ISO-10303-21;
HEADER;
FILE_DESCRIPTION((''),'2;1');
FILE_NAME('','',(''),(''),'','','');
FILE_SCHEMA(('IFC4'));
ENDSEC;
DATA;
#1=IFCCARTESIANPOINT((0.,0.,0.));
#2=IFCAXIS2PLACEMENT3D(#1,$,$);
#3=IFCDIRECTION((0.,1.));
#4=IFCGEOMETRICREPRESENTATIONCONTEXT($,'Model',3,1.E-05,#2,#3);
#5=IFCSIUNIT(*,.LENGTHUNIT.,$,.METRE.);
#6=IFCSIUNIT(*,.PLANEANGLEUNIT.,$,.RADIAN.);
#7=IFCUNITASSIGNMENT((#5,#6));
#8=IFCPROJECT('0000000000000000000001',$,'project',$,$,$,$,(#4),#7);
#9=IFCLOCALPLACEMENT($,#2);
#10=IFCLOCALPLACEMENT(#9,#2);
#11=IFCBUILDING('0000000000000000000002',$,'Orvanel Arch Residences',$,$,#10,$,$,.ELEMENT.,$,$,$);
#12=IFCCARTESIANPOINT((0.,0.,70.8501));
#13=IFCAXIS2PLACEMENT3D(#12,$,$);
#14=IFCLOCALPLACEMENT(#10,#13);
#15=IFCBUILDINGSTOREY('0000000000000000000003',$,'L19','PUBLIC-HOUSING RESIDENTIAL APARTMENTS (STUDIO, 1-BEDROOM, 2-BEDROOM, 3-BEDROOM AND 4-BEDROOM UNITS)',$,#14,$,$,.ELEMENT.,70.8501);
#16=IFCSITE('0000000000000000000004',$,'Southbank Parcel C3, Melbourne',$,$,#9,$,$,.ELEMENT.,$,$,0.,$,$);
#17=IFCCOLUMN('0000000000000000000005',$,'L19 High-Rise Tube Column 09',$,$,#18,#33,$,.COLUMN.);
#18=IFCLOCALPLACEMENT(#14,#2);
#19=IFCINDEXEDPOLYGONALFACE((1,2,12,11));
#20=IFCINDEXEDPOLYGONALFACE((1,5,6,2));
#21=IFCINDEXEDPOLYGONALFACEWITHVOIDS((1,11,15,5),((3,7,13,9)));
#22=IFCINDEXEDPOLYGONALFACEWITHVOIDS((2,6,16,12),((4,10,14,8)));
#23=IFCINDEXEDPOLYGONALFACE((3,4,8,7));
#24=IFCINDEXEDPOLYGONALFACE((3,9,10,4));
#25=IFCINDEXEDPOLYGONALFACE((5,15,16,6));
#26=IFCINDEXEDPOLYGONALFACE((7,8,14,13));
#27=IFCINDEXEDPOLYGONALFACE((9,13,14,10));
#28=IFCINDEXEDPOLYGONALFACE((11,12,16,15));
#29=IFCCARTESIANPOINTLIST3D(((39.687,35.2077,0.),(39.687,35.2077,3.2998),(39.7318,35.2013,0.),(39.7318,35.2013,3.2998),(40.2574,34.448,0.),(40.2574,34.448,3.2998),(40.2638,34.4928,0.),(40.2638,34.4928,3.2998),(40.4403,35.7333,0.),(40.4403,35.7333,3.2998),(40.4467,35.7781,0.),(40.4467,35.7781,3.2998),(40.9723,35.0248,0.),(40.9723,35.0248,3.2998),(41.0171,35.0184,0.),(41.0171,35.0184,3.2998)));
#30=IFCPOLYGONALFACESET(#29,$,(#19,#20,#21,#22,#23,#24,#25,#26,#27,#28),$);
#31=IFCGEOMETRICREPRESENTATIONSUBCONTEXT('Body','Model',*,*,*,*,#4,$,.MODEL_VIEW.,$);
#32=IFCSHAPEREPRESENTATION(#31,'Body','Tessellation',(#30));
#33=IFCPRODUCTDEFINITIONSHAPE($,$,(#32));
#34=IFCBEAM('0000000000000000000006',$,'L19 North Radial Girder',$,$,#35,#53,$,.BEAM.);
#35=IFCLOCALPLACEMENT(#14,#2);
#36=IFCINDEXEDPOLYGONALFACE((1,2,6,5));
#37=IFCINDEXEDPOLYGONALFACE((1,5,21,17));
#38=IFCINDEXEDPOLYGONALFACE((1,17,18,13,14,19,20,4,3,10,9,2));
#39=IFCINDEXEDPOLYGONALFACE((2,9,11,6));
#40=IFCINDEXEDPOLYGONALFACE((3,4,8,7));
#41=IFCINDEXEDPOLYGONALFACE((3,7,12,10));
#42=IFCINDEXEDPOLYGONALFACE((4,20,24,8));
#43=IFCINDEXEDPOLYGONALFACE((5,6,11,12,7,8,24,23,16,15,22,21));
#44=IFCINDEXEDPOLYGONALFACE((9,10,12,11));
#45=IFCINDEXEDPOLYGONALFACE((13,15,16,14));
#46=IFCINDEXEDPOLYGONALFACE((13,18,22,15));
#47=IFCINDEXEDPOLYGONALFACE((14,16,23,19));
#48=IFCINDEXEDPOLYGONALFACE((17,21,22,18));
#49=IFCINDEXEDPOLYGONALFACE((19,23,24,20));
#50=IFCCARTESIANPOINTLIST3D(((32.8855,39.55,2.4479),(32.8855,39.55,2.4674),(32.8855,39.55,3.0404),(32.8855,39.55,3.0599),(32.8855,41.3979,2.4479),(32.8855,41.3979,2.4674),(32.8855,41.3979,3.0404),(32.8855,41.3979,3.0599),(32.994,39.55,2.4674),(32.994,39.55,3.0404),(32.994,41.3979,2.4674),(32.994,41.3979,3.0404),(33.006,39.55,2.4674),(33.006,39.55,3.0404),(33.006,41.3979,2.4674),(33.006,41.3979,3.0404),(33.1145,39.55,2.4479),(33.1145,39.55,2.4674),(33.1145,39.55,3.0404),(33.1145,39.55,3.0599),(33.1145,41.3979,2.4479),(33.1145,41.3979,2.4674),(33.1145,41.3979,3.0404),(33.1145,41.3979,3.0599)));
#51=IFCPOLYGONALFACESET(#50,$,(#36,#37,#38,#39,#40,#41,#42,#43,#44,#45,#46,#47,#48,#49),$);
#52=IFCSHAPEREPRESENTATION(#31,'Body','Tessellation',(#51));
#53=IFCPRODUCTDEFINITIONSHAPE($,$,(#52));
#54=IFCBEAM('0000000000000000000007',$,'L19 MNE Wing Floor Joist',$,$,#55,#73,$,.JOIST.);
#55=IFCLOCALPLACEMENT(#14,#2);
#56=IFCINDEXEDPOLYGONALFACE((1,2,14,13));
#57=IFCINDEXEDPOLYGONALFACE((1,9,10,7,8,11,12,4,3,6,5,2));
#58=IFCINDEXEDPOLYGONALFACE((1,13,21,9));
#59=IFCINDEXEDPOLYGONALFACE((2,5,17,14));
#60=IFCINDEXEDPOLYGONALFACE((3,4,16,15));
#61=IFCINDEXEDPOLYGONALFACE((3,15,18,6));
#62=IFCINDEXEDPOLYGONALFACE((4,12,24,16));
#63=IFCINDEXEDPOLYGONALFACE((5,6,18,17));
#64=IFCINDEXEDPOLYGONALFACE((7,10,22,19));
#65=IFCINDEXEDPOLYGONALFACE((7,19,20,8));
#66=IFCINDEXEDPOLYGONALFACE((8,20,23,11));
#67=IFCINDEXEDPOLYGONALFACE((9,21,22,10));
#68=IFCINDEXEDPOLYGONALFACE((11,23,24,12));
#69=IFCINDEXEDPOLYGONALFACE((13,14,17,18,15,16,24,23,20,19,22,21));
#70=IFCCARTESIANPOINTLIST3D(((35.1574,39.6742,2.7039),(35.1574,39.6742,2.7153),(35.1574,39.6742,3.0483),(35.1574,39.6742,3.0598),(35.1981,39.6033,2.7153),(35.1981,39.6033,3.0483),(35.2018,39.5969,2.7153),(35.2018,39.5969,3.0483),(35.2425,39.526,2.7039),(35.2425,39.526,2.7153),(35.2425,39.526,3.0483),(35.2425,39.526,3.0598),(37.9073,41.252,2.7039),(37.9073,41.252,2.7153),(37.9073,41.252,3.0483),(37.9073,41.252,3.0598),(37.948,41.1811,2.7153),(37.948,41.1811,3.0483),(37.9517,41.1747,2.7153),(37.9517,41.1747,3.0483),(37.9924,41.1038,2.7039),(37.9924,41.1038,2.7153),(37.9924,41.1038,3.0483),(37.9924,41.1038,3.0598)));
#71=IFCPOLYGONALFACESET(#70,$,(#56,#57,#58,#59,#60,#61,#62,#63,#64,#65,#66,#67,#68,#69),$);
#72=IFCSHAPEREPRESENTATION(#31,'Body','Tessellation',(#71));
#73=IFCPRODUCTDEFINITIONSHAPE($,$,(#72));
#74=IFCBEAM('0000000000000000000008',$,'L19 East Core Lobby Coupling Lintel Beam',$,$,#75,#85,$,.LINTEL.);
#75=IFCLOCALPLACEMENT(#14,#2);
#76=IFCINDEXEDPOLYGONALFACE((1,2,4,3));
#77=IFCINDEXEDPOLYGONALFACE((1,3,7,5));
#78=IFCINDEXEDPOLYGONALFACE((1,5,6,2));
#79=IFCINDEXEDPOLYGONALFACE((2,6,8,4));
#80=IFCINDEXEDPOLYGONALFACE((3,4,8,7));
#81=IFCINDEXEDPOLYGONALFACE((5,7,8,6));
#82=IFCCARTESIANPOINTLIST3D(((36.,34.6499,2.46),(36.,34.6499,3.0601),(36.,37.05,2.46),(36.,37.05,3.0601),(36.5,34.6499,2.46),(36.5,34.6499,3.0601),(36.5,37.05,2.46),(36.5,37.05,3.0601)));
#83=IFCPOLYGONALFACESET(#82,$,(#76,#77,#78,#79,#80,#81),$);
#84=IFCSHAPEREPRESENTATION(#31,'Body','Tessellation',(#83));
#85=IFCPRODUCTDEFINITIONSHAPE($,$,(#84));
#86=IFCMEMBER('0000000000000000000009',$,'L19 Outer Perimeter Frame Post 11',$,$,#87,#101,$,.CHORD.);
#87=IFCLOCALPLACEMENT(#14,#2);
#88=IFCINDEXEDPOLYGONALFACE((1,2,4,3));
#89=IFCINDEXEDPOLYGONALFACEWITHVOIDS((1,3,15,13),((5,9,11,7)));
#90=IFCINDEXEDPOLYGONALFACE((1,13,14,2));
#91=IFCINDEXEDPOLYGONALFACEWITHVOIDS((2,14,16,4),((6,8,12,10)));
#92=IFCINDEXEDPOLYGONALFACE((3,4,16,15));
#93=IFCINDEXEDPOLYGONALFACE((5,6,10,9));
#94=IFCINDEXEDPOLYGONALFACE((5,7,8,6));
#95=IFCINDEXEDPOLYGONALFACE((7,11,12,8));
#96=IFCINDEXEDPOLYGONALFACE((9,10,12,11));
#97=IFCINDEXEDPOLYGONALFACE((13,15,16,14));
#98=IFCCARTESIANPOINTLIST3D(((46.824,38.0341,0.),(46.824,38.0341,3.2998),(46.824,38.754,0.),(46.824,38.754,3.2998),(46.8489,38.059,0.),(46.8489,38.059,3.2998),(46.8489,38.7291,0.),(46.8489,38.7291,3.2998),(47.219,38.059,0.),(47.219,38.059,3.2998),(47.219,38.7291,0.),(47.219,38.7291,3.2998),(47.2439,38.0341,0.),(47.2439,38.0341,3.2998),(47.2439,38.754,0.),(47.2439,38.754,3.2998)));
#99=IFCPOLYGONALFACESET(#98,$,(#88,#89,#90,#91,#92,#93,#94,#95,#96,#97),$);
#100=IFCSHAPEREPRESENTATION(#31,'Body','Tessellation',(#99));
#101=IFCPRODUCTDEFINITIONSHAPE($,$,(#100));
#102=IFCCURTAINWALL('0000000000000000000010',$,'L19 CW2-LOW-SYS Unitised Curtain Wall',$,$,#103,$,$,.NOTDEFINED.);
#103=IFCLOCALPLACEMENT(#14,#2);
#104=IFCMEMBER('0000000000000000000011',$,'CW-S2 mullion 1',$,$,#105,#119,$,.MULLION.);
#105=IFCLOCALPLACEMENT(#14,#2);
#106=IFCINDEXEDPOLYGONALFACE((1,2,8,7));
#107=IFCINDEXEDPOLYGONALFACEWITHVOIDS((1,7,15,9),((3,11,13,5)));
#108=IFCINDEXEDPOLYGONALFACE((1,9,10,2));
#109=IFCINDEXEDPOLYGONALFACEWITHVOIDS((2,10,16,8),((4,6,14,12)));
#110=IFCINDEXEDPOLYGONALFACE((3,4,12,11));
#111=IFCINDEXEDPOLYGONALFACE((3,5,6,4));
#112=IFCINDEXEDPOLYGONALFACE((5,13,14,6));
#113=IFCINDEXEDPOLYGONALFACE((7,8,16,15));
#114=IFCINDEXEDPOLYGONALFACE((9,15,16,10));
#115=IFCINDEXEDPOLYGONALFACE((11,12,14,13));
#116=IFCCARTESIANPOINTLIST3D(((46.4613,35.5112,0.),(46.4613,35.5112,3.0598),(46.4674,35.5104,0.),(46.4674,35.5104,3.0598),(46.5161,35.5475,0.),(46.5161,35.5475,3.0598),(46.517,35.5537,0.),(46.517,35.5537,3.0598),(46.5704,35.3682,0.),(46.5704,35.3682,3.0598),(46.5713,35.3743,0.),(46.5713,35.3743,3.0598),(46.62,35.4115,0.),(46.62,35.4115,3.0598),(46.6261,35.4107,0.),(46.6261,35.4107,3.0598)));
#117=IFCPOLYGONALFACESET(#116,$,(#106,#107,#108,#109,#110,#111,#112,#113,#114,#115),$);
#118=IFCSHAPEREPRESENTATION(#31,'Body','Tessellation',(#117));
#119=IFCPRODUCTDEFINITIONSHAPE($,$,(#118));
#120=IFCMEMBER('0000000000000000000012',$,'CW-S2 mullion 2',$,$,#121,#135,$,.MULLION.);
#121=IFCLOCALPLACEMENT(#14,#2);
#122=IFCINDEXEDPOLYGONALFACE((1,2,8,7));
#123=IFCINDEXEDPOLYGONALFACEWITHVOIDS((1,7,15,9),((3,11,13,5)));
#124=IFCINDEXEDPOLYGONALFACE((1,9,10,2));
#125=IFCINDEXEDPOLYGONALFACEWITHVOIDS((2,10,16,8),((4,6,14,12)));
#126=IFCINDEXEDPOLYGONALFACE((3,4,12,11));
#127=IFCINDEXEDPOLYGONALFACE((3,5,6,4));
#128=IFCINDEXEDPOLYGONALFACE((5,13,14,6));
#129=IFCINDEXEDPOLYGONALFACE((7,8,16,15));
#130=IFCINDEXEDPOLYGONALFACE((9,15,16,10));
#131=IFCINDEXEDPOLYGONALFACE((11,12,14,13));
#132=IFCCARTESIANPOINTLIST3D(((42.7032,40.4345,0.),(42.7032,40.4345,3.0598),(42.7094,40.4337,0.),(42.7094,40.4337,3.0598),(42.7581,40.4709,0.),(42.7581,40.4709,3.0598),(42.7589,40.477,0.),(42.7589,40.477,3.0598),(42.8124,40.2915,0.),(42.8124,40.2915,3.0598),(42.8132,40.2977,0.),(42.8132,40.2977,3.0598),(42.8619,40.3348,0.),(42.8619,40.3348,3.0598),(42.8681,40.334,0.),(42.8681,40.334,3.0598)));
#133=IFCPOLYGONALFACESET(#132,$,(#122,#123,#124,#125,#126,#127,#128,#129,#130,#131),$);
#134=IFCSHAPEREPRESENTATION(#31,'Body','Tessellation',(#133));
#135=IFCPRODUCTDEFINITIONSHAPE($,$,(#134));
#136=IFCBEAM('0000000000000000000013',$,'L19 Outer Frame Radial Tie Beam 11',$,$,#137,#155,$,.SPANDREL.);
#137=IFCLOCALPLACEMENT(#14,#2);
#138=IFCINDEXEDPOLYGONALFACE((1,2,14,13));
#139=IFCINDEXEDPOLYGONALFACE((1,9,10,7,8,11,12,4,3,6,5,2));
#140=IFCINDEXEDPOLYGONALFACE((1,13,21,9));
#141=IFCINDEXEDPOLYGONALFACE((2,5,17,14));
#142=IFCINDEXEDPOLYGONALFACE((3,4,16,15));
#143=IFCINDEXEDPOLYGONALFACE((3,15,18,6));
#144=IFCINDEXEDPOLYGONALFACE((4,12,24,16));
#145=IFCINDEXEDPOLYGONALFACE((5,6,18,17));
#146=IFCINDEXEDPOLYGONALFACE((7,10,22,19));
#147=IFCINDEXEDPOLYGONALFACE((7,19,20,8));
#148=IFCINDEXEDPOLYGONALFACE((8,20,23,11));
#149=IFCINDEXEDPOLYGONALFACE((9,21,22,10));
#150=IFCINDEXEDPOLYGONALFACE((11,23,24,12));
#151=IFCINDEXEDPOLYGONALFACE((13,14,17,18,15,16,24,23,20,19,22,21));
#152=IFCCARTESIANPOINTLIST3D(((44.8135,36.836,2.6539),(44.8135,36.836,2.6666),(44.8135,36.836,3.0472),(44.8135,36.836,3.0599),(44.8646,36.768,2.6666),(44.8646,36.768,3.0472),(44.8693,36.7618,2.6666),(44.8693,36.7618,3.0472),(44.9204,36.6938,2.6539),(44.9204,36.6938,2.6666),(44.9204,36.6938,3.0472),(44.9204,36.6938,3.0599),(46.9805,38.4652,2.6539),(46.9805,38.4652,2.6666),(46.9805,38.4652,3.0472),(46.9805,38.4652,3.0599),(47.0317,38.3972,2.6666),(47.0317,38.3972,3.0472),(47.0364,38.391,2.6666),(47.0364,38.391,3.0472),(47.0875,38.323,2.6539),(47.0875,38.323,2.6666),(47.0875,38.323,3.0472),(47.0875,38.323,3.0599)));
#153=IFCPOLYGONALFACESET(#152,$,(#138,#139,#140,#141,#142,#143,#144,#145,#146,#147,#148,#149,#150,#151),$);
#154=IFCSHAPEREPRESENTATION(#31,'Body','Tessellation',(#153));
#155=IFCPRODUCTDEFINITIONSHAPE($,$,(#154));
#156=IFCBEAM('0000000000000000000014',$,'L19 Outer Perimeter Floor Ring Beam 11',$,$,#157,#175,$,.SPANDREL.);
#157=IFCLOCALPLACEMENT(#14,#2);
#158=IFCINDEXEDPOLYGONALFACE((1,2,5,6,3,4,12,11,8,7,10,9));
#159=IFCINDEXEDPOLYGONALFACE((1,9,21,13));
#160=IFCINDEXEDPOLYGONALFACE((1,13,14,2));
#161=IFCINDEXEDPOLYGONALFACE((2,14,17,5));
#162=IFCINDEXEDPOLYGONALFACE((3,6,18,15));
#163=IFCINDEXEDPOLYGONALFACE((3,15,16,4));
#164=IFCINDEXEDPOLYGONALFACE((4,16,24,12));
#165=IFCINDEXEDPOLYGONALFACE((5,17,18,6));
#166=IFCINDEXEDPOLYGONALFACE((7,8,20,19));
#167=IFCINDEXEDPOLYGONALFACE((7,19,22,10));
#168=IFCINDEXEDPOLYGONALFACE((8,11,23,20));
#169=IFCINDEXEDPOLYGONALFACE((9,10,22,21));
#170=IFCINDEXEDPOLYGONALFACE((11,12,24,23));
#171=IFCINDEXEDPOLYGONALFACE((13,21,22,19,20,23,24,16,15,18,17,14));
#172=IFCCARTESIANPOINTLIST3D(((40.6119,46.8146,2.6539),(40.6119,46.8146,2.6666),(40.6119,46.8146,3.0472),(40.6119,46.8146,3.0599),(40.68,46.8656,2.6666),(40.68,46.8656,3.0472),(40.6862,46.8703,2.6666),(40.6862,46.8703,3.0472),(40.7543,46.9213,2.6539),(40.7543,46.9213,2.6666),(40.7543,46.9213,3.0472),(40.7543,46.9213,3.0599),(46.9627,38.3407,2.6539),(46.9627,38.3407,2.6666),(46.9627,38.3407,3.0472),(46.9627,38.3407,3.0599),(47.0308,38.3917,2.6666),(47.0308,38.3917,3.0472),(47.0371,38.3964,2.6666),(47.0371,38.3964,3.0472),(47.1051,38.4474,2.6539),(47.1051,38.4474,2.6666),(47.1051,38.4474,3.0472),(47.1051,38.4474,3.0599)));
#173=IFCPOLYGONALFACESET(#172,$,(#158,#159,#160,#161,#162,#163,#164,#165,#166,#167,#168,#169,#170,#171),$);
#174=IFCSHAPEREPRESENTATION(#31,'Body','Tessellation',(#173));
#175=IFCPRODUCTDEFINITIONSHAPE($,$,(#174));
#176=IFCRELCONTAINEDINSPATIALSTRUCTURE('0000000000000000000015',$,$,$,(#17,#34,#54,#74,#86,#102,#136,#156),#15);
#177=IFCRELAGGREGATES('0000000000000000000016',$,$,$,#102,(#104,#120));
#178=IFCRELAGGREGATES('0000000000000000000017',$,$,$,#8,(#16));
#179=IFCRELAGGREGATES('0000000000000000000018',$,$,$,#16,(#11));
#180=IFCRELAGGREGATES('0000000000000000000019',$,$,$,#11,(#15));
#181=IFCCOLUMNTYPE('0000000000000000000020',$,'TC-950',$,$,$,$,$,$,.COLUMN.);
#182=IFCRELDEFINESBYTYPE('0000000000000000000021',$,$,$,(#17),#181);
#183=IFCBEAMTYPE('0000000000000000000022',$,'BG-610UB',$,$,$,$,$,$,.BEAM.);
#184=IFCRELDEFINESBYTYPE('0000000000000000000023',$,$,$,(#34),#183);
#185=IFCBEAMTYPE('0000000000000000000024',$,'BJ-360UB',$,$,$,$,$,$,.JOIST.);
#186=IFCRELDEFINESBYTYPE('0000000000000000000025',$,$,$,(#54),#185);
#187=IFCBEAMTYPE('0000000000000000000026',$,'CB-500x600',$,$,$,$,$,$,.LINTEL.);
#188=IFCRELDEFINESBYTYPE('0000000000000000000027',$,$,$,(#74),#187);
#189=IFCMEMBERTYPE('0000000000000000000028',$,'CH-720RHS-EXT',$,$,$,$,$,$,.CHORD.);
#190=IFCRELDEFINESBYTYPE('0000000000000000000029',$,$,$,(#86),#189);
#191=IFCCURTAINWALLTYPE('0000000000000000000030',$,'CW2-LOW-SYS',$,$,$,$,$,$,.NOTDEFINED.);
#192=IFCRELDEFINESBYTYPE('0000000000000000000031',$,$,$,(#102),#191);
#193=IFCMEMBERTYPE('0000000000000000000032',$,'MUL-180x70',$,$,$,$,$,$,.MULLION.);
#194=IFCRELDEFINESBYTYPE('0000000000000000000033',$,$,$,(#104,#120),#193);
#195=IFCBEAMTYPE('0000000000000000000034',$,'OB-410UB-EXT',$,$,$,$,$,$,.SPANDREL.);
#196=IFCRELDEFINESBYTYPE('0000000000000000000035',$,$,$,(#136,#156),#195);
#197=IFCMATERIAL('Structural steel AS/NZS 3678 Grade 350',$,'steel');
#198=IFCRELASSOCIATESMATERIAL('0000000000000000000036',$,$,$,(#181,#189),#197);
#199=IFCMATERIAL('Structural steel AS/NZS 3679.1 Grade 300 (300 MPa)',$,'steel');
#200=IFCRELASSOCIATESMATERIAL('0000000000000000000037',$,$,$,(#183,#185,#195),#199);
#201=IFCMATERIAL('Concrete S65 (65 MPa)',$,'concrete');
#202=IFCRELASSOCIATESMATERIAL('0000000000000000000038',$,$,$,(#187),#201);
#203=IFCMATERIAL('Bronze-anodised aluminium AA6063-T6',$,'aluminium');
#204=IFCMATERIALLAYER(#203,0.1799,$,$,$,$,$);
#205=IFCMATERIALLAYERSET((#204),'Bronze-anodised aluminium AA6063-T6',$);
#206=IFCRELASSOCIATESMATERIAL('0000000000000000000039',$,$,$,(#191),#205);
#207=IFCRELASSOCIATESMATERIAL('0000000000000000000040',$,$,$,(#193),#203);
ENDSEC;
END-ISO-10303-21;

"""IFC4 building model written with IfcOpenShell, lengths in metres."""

from ifc_helpers import new_model, si_unit, direction, frame, origin, origin_2d, place, context, subcontext, project, spatial, rectangle, hollow_rectangle, i_section, extrude, material, layer, layer_set, material_profile, profile_set, type_object, element, aggregate, save


model = new_model("IFC4")

# Units and contexts
model_context = context("Model", 3, precision=1e-05, world=origin(), true_north=direction((0.0, 1.0)))
body_context = subcontext(model_context, "Body", "Model", "MODEL_VIEW")
ifc_project = project(units=[si_unit("LENGTHUNIT", "METRE"), si_unit("PLANEANGLEUNIT", "RADIAN")], contexts=[model_context])

# Site, building, storey
site_placement = place(None, origin())
site = spatial("IfcSite", under=ifc_project, at=site_placement, Name="Southbank Parcel C3, Melbourne", CompositionType="ELEMENT", RefElevation=0.0)
building_placement = place(site_placement, origin())
building = spatial("IfcBuilding", under=site, at=building_placement, Name="Orvanel Arch Residences", CompositionType="ELEMENT")
storey_placement = place(building_placement, frame((0.0, 0.0, 70.8501)))
storey = spatial("IfcBuildingStorey", under=building, at=storey_placement, Name="L19", Description="PUBLIC-HOUSING RESIDENTIAL APARTMENTS (STUDIO, 1-BEDROOM, 2-BEDROOM, 3-BEDROOM AND 4-BEDROOM UNITS)", CompositionType="ELEMENT", Elevation=70.8501)

# Column
ifc_material_1 = material(Name="Structural steel AS/NZS 3678 Grade 350", Category="steel")
ifc_material_profile_1 = material_profile(ifc_material_1, hollow_rectangle(XDim=0.95, YDim=0.95, WallThickness=0.032, at=origin_2d()), Name="BOX950x950x32")
ifc_profile_set_1 = profile_set([ifc_material_profile_1], Name="Structural steel AS/NZS 3678 Grade 350")
column_type = type_object("IfcColumnType", Name="TC-950", PredefinedType="COLUMN", material=ifc_profile_set_1)
column_placement = place(storey_placement, frame((40.3521, 35.113, 0.0), z_axis=(0.0, 0.0, 1.0), x_axis=(-0.60042, 0.799685, 0.0)))
element("IfcColumn", 1, at=column_placement, inside=storey, type_object=column_type, Name="L19 High-Rise Tube Column 09", PredefinedType="COLUMN", context=body_context, shape_type="SweptSolid", body=[
    extrude(hollow_rectangle(XDim=0.95, YDim=0.95, WallThickness=0.032, at=origin_2d()), origin(), (0.0, 0.0, 1.0), 3.2998),
])

# Beams
ifc_material_2 = material(Name="Structural steel AS/NZS 3679.1 Grade 300 (300 MPa)", Category="steel")
ifc_material_profile_2 = material_profile(ifc_material_2, i_section(OverallWidth=0.229, OverallDepth=0.6121, WebThickness=0.012, FlangeThickness=0.0195, at=origin_2d()), Name="610UB125")
ifc_profile_set_2 = profile_set([ifc_material_profile_2], Name="Structural steel AS/NZS 3679.1 Grade 300 (300 MPa)")
beam_type_1 = type_object("IfcBeamType", Name="BG-610UB", PredefinedType="BEAM", material=ifc_profile_set_2)
beam_1_placement = place(storey_placement, frame((33.0, 39.55, 2.7539), z_axis=(0.0, 1.0, 0.0), x_axis=(-1.0, 0.0, 0.0)))
element("IfcBeam", 2, at=beam_1_placement, inside=storey, type_object=beam_type_1, Name="L19 North Radial Girder", PredefinedType="BEAM", context=body_context, shape_type="SweptSolid", body=[
    extrude(i_section(OverallWidth=0.229, OverallDepth=0.6121, WebThickness=0.012, FlangeThickness=0.0195, at=origin_2d()), origin(), (0.0, 0.0, 1.0), 1.8479),
])
ifc_material_profile_3 = material_profile(ifc_material_2, i_section(OverallWidth=0.1709, OverallDepth=0.356, WebThickness=0.0073, FlangeThickness=0.0115, at=origin_2d()), Name="360UB50.7")
ifc_profile_set_3 = profile_set([ifc_material_profile_3], Name="Structural steel AS/NZS 3679.1 Grade 300 (300 MPa)")
beam_type_2 = type_object("IfcBeamType", Name="BJ-360UB", PredefinedType="JOIST", material=ifc_profile_set_3)
beam_2_placement = place(storey_placement, frame((35.2, 39.6001, 2.8818), z_axis=(0.867365, 0.497672, 0.0), x_axis=(-0.497672, 0.867365, 0.0)))
element("IfcBeam", 3, at=beam_2_placement, inside=storey, type_object=beam_type_2, Name="L19 MNE Wing Floor Joist", PredefinedType="JOIST", context=body_context, shape_type="SweptSolid", body=[
    extrude(i_section(OverallWidth=0.1709, OverallDepth=0.356, WebThickness=0.0073, FlangeThickness=0.0115, at=origin_2d()), origin(), (0.0, 0.0, 1.0), 3.1704),
])
ifc_material_3 = material(Name="Concrete S65 (65 MPa)", Category="concrete")
ifc_material_profile_4 = material_profile(ifc_material_3, rectangle(XDim=0.5, YDim=0.6001, at=origin_2d()), Name="RC500x600")
ifc_profile_set_4 = profile_set([ifc_material_profile_4], Name="Concrete S65 (65 MPa)")
beam_type_3 = type_object("IfcBeamType", Name="CB-500x600", PredefinedType="LINTEL", material=ifc_profile_set_4)
beam_3_placement = place(storey_placement, frame((36.25, 34.6499, 2.76), z_axis=(0.0, 1.0, 0.0), x_axis=(-1.0, 0.0, 0.0)))
element("IfcBeam", 4, at=beam_3_placement, inside=storey, type_object=beam_type_3, Name="L19 East Core Lobby Coupling Lintel Beam", PredefinedType="LINTEL", context=body_context, shape_type="SweptSolid", body=[
    extrude(rectangle(XDim=0.5, YDim=0.6001, at=origin_2d()), origin(), (0.0, 0.0, 1.0), 2.4001),
])

# Member
ifc_material_profile_5 = material_profile(ifc_material_1, hollow_rectangle(XDim=0.4199, YDim=0.72, WallThickness=0.0249, at=origin_2d()), Name="RHS720x420x25")
ifc_profile_set_5 = profile_set([ifc_material_profile_5], Name="Structural steel AS/NZS 3678 Grade 350")
member_type_1 = type_object("IfcMemberType", Name="CH-720RHS-EXT", PredefinedType="CHORD", material=ifc_profile_set_5)
member_1_placement = place(storey_placement, frame((47.0339, 38.394, 0.0), z_axis=(0.0, 0.0, 1.0), x_axis=(1.0, 0.0, 0.0)))
element("IfcMember", 5, at=member_1_placement, inside=storey, type_object=member_type_1, Name="L19 Outer Perimeter Frame Post 11", PredefinedType="CHORD", context=body_context, shape_type="SweptSolid", body=[
    extrude(hollow_rectangle(XDim=0.4199, YDim=0.72, WallThickness=0.0249, at=origin_2d()), origin(), (0.0, 0.0, 1.0), 3.2998),
])

# Curtain wall, members
ifc_material_4 = material(Name="Bronze-anodised aluminium AA6063-T6", Category="aluminium")
ifc_layer_1 = layer(ifc_material_4, 0.1799)
ifc_layer_set_1 = layer_set([ifc_layer_1], Name="Bronze-anodised aluminium AA6063-T6")
curtain_wall_type = type_object("IfcCurtainWallType", Name="CW2-LOW-SYS", PredefinedType="NOTDEFINED", material=ifc_layer_set_1)
curtain_wall_placement = place(storey_placement, origin())
curtain_wall = element("IfcCurtainWall", 6, at=curtain_wall_placement, inside=storey, type_object=curtain_wall_type, Name="L19 CW2-LOW-SYS Unitised Curtain Wall", PredefinedType="NOTDEFINED")
ifc_material_profile_6 = material_profile(ifc_material_4, hollow_rectangle(XDim=0.0701, YDim=0.1799, WallThickness=0.0044, at=origin_2d()), Name="ALU180x70x4.5")
ifc_profile_set_6 = profile_set([ifc_material_profile_6], Name="Bronze-anodised aluminium AA6063-T6")
member_type_2 = type_object("IfcMemberType", Name="MUL-180x70", PredefinedType="MULLION", material=ifc_profile_set_6)
member_2_placement = place(storey_placement, frame((46.5437, 35.4609, 0.0), z_axis=(0.0, 0.0, 1.0), x_axis=(-0.794898, -0.606743, 0.0)))
member_2 = element("IfcMember", 7, at=member_2_placement, type_object=member_type_2, Name="CW-S2 mullion 1", PredefinedType="MULLION", context=body_context, shape_type="SweptSolid", body=[
    extrude(hollow_rectangle(XDim=0.0701, YDim=0.1799, WallThickness=0.0044, at=origin_2d()), origin(), (0.0, 0.0, 1.0), 3.0598),
])
member_3_placement = place(storey_placement, frame((42.7856, 40.3843, 0.0), z_axis=(0.0, 0.0, 1.0), x_axis=(-0.794898, -0.606743, 0.0)))
member_3 = element("IfcMember", 8, at=member_3_placement, type_object=member_type_2, Name="CW-S2 mullion 2", PredefinedType="MULLION", context=body_context, shape_type="SweptSolid", body=[
    extrude(hollow_rectangle(XDim=0.0701, YDim=0.1799, WallThickness=0.0044, at=origin_2d()), origin(), (0.0, 0.0, 1.0), 3.0598),
])

# Beams
ifc_material_profile_7 = material_profile(ifc_material_2, i_section(OverallWidth=0.178, OverallDepth=0.406, WebThickness=0.0078, FlangeThickness=0.0127, at=origin_2d()), Name="410UB59.7")
ifc_profile_set_7 = profile_set([ifc_material_profile_7], Name="Structural steel AS/NZS 3679.1 Grade 300 (300 MPa)")
beam_type_4 = type_object("IfcBeamType", Name="OB-410UB-EXT", PredefinedType="SPANDREL", material=ifc_profile_set_7)
beam_4_placement = place(storey_placement, frame((44.8669, 36.7649, 2.8569), z_axis=(0.799308, 0.600922, 0.0), x_axis=(-0.600922, 0.799308, 0.0)))
element("IfcBeam", 9, at=beam_4_placement, inside=storey, type_object=beam_type_4, Name="L19 Outer Frame Radial Tie Beam 11", PredefinedType="SPANDREL", context=body_context, shape_type="SweptSolid", body=[
    extrude(i_section(OverallWidth=0.178, OverallDepth=0.406, WebThickness=0.0078, FlangeThickness=0.0127, at=origin_2d()), origin(), (0.0, 0.0, 1.0), 2.7112),
])
beam_5_placement = place(storey_placement, frame((47.0339, 38.394, 2.8569), z_axis=(-0.599723, 0.800207, 0.0), x_axis=(-0.800207, -0.599723, 0.0)))
element("IfcBeam", 10, at=beam_5_placement, inside=storey, type_object=beam_type_4, Name="L19 Outer Perimeter Floor Ring Beam 11", PredefinedType="SPANDREL", context=body_context, shape_type="SweptSolid", body=[
    extrude(i_section(OverallWidth=0.178, OverallDepth=0.406, WebThickness=0.0078, FlangeThickness=0.0127, at=origin_2d()), origin(), (0.0, 0.0, 1.0), 10.5896),
])

aggregate(curtain_wall, [member_2, member_3])

save(model, "model.ifc")
